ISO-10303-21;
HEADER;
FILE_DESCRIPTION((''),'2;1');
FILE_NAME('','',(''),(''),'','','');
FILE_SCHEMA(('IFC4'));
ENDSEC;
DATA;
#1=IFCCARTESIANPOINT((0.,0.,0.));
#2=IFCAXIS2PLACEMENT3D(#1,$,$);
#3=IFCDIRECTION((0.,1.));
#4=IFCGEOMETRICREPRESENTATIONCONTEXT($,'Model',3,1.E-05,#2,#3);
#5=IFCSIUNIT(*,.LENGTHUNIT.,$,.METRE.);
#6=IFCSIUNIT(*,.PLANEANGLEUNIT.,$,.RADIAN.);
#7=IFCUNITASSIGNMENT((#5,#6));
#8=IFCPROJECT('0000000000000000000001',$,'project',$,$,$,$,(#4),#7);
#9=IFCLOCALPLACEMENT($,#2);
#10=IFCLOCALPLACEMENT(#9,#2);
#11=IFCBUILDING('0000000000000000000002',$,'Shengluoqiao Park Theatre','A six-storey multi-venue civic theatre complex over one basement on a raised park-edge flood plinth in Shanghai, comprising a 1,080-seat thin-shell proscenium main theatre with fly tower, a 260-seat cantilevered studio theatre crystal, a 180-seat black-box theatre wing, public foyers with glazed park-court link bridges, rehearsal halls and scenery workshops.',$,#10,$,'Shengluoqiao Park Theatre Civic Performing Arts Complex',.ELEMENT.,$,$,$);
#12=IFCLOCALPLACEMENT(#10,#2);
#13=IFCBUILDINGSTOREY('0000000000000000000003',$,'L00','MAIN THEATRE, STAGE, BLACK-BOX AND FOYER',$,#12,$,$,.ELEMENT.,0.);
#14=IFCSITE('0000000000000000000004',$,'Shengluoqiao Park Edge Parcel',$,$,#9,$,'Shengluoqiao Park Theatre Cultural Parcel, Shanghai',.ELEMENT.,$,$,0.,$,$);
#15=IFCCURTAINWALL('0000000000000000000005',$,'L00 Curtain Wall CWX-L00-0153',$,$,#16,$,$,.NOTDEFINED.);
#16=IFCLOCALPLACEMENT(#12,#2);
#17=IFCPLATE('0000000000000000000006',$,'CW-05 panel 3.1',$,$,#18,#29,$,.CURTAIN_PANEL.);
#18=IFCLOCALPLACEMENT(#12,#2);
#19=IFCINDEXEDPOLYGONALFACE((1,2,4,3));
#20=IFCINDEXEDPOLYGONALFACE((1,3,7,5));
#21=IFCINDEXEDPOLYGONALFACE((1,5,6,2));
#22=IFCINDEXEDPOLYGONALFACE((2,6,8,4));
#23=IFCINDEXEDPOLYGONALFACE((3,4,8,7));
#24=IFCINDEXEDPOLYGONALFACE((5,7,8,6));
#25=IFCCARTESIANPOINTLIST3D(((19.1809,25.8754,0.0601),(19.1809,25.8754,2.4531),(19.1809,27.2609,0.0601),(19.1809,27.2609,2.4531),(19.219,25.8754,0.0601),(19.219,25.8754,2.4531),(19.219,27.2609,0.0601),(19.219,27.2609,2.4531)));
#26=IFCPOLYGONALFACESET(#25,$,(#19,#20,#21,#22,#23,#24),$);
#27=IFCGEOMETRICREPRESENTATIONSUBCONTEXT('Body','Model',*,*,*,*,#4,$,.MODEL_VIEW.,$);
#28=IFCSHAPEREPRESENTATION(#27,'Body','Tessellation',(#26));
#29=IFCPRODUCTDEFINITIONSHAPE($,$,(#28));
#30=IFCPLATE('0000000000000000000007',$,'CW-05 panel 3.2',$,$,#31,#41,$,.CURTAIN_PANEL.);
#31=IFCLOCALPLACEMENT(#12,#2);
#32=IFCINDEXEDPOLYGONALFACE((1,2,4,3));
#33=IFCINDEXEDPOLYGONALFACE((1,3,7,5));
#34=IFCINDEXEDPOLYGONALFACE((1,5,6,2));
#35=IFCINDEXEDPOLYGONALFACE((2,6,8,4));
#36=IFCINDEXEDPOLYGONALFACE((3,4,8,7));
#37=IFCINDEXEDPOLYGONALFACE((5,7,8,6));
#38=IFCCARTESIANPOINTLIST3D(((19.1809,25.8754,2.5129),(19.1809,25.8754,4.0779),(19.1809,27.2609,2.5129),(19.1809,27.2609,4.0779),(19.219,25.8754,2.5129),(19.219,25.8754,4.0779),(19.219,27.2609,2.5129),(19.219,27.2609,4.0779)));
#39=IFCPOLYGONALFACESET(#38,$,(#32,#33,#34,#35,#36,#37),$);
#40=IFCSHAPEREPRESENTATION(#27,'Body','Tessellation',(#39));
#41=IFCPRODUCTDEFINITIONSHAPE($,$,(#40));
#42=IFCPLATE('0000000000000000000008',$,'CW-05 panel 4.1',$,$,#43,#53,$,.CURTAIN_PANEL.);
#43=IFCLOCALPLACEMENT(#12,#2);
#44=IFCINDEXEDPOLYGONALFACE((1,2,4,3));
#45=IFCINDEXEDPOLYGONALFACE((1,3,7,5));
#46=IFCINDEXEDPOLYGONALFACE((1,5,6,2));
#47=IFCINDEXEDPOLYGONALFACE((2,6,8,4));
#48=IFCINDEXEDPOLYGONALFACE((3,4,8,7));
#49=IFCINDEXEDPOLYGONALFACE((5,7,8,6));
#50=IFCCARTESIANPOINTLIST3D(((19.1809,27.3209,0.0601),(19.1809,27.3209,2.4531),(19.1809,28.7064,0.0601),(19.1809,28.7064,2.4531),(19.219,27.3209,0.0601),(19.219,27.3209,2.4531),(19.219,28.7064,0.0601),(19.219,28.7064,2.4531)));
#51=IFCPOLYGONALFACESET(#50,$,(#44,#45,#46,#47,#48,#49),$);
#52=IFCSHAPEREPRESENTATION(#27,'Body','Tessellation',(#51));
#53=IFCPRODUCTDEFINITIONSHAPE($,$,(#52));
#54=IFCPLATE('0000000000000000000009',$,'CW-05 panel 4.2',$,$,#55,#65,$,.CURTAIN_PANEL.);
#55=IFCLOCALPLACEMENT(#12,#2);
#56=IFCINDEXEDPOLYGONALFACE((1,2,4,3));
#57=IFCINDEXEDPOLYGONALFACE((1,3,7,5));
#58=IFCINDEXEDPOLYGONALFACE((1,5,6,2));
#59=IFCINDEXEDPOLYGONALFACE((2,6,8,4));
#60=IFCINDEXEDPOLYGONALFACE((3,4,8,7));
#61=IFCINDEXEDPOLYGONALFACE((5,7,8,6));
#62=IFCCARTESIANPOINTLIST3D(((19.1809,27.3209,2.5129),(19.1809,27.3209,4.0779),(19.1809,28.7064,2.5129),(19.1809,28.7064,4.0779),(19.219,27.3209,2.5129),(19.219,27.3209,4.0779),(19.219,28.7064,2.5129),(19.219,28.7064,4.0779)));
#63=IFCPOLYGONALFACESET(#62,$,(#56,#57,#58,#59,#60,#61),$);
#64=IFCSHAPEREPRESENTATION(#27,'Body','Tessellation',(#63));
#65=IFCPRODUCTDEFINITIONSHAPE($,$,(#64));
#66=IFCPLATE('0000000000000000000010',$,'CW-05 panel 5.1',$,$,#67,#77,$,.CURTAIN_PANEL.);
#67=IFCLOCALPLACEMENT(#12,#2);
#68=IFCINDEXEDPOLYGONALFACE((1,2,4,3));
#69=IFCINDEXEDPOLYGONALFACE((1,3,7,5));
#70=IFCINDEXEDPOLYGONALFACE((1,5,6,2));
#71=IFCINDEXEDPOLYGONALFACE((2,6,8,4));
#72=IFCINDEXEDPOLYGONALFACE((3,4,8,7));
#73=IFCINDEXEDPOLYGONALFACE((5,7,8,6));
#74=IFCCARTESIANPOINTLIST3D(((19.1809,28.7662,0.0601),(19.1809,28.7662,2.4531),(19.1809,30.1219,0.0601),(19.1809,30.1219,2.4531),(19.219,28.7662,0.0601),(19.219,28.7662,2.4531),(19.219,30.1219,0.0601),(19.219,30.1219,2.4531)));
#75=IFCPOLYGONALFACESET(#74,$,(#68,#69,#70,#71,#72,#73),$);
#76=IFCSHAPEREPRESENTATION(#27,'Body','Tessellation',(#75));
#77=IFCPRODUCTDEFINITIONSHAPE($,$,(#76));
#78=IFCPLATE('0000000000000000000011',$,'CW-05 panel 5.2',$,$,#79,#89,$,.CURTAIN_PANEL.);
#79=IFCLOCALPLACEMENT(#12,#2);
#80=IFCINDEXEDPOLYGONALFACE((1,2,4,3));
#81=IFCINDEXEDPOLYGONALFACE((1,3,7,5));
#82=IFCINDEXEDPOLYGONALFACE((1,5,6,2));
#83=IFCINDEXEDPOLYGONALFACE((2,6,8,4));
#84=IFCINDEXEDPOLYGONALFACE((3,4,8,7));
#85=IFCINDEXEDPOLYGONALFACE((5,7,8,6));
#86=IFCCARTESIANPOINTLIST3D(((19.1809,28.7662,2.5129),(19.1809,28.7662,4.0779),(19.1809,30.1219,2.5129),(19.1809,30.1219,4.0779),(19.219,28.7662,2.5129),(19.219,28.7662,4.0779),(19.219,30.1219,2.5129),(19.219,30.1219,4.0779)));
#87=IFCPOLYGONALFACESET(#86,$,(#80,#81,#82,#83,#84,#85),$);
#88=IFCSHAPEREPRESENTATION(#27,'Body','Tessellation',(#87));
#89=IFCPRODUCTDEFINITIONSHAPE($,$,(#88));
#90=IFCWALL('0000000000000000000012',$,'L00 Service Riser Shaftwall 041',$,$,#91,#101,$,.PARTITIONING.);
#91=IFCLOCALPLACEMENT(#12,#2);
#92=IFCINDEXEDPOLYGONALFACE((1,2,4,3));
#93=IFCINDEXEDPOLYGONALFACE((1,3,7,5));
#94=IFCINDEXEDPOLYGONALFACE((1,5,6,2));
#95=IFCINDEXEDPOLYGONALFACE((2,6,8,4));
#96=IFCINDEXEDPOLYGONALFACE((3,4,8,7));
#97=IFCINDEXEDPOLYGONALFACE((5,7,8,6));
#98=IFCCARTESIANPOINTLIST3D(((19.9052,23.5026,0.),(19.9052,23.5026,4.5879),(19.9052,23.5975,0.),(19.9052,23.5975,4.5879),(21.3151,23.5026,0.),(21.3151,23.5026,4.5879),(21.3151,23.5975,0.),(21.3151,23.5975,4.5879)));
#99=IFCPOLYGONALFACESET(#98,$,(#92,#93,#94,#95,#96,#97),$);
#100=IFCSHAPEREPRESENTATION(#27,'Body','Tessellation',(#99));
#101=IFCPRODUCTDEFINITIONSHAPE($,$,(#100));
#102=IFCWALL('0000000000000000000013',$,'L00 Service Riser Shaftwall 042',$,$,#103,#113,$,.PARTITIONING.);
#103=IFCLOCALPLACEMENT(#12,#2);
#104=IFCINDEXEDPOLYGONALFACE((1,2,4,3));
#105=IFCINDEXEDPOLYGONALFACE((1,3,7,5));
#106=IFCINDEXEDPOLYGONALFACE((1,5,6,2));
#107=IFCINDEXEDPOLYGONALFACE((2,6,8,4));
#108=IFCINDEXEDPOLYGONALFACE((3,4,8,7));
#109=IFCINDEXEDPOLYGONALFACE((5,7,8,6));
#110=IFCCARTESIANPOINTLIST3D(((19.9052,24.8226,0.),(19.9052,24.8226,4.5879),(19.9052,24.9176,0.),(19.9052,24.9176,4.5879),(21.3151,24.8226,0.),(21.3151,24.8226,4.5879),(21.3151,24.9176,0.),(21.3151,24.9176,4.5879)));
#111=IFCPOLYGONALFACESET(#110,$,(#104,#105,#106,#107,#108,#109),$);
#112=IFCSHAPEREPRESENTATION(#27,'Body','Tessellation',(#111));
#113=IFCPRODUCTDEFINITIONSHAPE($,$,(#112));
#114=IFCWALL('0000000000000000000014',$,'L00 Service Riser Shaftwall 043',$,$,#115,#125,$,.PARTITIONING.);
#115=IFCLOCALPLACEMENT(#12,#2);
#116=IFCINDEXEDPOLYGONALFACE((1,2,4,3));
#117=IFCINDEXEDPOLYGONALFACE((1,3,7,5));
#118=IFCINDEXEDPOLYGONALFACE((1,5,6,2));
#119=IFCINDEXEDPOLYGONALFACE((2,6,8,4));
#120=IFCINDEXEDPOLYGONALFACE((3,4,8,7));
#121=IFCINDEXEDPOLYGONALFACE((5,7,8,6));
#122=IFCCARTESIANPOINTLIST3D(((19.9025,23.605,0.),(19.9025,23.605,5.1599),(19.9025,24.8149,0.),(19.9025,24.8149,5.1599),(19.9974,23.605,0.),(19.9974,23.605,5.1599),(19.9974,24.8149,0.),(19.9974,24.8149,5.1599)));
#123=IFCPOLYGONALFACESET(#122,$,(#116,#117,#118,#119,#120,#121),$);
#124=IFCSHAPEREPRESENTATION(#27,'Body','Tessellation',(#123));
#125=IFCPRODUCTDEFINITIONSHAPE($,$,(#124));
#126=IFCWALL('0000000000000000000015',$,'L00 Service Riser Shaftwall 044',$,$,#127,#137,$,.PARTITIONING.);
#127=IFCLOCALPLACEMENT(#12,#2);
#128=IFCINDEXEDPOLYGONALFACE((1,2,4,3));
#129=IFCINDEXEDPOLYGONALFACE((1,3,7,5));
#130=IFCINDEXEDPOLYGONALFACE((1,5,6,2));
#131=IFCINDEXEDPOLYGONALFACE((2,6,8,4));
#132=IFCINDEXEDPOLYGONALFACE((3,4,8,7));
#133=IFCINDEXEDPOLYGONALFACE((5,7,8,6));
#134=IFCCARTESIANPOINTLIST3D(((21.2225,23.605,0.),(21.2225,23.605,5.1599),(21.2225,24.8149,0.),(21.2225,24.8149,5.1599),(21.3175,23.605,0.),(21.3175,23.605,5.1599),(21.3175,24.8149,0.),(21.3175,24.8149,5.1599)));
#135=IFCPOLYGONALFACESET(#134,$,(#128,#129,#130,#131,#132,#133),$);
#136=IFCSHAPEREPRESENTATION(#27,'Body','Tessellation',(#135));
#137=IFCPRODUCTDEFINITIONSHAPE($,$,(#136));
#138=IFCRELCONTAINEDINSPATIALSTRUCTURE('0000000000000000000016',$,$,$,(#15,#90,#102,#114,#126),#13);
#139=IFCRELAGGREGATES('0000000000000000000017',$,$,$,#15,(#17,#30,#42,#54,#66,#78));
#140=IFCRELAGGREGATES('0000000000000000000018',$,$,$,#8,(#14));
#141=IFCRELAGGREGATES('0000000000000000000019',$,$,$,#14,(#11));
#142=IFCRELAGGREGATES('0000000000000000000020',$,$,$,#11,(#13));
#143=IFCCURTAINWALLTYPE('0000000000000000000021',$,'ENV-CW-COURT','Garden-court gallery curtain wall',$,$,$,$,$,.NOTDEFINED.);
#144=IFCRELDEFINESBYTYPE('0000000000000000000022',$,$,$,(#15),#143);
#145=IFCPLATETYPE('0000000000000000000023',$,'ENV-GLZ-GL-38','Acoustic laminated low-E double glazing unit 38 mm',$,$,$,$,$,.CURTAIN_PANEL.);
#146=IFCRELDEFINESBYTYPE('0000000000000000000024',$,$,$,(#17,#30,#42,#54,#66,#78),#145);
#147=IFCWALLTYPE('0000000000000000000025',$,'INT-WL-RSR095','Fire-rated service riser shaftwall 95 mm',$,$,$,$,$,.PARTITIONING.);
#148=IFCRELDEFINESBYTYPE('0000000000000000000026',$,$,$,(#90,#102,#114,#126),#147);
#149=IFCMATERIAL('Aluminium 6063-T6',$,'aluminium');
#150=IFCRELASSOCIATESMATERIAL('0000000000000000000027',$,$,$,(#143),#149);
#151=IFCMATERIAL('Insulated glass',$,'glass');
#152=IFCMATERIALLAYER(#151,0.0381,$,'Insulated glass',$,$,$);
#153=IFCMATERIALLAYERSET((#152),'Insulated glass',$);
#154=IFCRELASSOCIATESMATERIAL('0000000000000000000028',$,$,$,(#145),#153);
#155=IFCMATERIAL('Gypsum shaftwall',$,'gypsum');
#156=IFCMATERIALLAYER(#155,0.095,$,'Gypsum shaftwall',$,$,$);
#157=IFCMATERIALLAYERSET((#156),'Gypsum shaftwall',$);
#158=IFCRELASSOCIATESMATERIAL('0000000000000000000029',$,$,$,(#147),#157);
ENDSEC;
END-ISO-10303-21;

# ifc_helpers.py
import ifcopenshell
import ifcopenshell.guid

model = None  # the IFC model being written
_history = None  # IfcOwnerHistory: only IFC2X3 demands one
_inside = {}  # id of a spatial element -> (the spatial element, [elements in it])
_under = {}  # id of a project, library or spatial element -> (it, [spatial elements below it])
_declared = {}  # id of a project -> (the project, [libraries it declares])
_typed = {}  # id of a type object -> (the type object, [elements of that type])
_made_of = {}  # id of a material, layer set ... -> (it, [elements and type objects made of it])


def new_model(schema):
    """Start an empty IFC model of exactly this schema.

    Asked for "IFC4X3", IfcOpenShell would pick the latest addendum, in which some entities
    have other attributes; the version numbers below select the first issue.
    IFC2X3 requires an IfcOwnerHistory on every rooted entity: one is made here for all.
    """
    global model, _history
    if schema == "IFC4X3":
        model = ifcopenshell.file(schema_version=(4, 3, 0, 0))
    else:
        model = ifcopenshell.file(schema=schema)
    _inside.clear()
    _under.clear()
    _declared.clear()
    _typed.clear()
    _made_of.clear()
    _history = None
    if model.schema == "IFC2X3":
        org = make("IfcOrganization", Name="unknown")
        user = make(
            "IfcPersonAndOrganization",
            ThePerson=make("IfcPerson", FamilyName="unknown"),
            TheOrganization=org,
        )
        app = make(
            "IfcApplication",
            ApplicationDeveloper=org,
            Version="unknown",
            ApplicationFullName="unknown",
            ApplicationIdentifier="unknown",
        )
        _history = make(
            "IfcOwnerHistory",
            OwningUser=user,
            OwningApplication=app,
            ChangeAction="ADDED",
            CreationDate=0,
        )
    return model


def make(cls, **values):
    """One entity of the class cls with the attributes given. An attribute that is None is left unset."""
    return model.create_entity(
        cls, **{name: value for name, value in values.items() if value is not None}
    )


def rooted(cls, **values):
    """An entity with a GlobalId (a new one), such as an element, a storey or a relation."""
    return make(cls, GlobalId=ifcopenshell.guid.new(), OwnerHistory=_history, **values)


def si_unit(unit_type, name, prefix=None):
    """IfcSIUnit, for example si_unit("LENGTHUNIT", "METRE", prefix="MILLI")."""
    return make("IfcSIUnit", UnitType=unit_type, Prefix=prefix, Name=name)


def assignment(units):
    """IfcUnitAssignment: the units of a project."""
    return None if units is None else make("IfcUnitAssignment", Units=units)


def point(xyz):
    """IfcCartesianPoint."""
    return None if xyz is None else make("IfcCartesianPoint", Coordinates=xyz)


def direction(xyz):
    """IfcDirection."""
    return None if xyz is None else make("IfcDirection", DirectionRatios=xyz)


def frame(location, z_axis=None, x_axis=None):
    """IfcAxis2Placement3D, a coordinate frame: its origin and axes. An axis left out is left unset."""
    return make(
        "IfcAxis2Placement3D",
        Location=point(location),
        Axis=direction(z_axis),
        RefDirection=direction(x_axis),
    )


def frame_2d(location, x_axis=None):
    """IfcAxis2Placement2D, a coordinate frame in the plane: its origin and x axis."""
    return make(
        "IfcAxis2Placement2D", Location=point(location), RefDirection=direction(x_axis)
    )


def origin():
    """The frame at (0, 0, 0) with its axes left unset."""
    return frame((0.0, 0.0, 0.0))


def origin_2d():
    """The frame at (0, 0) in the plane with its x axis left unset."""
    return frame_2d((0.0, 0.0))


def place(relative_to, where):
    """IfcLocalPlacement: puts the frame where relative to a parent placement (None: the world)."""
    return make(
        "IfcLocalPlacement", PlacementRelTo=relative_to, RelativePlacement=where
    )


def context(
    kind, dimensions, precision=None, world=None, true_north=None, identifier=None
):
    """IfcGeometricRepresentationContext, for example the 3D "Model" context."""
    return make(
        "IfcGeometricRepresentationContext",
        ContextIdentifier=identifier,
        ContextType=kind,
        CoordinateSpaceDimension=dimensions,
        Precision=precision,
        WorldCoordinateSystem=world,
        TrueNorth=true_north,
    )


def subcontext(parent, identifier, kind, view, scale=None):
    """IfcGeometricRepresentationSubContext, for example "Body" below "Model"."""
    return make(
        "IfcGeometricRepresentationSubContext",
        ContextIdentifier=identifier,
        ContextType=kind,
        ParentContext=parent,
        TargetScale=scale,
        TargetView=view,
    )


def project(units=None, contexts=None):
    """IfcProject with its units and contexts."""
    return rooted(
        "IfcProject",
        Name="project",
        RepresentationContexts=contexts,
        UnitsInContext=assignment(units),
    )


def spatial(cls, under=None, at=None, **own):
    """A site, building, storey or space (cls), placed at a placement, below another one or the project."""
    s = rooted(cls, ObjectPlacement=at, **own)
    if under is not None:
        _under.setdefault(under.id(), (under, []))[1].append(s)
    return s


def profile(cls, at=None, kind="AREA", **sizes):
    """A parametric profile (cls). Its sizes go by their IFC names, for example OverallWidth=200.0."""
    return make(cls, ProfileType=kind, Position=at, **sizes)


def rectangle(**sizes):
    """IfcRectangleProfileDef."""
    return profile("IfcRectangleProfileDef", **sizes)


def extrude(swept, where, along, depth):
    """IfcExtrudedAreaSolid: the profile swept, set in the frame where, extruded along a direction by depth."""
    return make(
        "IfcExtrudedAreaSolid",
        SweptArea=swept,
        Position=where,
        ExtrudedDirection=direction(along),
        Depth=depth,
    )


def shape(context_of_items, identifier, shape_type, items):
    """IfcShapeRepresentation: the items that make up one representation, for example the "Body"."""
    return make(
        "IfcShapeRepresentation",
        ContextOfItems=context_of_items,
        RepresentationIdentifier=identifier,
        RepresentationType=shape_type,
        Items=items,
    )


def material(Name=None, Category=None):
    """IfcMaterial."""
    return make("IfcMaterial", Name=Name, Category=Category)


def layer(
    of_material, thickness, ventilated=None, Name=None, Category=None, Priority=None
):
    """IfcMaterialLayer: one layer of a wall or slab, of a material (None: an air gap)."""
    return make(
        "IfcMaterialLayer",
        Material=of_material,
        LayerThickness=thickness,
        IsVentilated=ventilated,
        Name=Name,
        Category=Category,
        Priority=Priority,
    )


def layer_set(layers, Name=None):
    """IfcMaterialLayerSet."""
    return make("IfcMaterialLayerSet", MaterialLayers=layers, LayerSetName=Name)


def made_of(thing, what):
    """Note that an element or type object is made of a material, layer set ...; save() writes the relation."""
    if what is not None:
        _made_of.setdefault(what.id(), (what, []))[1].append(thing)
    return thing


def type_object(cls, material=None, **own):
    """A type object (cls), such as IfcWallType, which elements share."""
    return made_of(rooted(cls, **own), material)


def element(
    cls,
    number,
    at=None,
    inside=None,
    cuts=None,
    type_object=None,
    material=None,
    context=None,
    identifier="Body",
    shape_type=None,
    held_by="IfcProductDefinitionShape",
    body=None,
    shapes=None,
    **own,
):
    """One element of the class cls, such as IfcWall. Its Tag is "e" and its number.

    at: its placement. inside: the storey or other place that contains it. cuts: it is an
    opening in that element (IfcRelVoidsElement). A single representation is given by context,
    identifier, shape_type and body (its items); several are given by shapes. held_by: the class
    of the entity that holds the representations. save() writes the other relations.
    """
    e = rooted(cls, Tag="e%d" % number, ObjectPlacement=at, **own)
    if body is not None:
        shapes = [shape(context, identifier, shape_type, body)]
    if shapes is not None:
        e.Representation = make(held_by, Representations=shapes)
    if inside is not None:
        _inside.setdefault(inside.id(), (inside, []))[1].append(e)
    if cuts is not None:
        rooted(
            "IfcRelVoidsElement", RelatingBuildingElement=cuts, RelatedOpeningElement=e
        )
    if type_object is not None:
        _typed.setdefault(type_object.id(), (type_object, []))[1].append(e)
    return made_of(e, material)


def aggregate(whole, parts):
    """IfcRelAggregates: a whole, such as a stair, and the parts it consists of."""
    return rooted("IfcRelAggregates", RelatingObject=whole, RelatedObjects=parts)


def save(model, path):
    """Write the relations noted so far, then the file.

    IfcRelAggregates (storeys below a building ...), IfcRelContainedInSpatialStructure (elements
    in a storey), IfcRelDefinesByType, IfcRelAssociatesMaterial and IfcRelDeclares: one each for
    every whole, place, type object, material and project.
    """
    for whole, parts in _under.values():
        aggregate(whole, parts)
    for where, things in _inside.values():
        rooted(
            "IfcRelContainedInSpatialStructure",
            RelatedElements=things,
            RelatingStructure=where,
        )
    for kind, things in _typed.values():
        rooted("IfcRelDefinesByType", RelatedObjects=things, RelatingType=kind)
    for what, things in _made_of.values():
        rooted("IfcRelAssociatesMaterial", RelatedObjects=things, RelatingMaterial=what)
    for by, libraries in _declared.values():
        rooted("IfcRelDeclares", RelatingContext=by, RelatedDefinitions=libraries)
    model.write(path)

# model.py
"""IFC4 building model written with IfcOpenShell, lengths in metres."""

from ifc_helpers import new_model, si_unit, direction, frame, frame_2d, origin, origin_2d, place, context, subcontext, project, spatial, rectangle, extrude, material, layer, layer_set, type_object, element, aggregate, save


model = new_model("IFC4")

# Units and contexts
model_context = context("Model", 3, precision=1e-05, world=origin(), true_north=direction((0.0, 1.0)))
body_context = subcontext(model_context, "Body", "Model", "MODEL_VIEW")
ifc_project = project(units=[si_unit("LENGTHUNIT", "METRE"), si_unit("PLANEANGLEUNIT", "RADIAN")], contexts=[model_context])

# Site, building, storey
site_placement = place(None, origin())
site = spatial("IfcSite", under=ifc_project, at=site_placement, Name="Shengluoqiao Park Edge Parcel", LongName="Shengluoqiao Park Theatre Cultural Parcel, Shanghai", CompositionType="ELEMENT", RefElevation=0.0)
building_placement = place(site_placement, origin())
building = spatial("IfcBuilding", under=site, at=building_placement, Name="Shengluoqiao Park Theatre", Description="A six-storey multi-venue civic theatre complex over one basement on a raised park-edge flood plinth in Shanghai, comprising a 1,080-seat thin-shell proscenium main theatre with fly tower, a 260-seat cantilevered studio theatre crystal, a 180-seat black-box theatre wing, public foyers with glazed park-court link bridges, rehearsal halls and scenery workshops.", LongName="Shengluoqiao Park Theatre Civic Performing Arts Complex", CompositionType="ELEMENT")
storey_placement = place(building_placement, origin())
storey = spatial("IfcBuildingStorey", under=building, at=storey_placement, Name="L00", Description="MAIN THEATRE, STAGE, BLACK-BOX AND FOYER", CompositionType="ELEMENT", Elevation=0.0)

# Shared definitions
ifc_material_1 = material(Name="Aluminium 6063-T6", Category="aluminium")

# Curtain wall, plates
curtain_wall_type_1 = type_object("IfcCurtainWallType", Name="ENV-CW-COURT", Description="Garden-court gallery curtain wall", PredefinedType="NOTDEFINED", material=ifc_material_1)
curtain_wall_1_placement = place(storey_placement, origin())
curtain_wall_1 = element("IfcCurtainWall", 1, at=curtain_wall_1_placement, inside=storey, type_object=curtain_wall_type_1, Name="L00 Curtain Wall CWX-L00-0153", PredefinedType="NOTDEFINED")
ifc_material_2 = material(Name="Insulated glass", Category="glass")
ifc_layer_1 = layer(ifc_material_2, 0.0381, Name="Insulated glass")
ifc_layer_set_1 = layer_set([ifc_layer_1], Name="Insulated glass")
plate_type = type_object("IfcPlateType", Name="ENV-GLZ-GL-38", Description="Acoustic laminated low-E double glazing unit 38 mm", PredefinedType="CURTAIN_PANEL", material=ifc_layer_set_1)
plate_1_placement = place(storey_placement, frame((19.2, 26.5681, 0.0601), z_axis=(0.0, 0.0, 1.0), x_axis=(0.0, 1.0, 0.0)))
plate_1 = element("IfcPlate", 2, at=plate_1_placement, type_object=plate_type, Name="CW-05 panel 3.1", PredefinedType="CURTAIN_PANEL", context=body_context, shape_type="SweptSolid", body=[
    extrude(rectangle(XDim=1.3855, YDim=0.0381, at=origin_2d()), origin(), (0.0, 0.0, 1.0), 2.3931),
])
plate_2_placement = place(storey_placement, frame((19.2, 26.5681, 2.5129), z_axis=(0.0, 0.0, 1.0), x_axis=(0.0, 1.0, 0.0)))
plate_2 = element("IfcPlate", 3, at=plate_2_placement, type_object=plate_type, Name="CW-05 panel 3.2", PredefinedType="CURTAIN_PANEL", context=body_context, shape_type="SweptSolid", body=[
    extrude(rectangle(XDim=1.3855, YDim=0.0381, at=origin_2d()), origin(), (0.0, 0.0, 1.0), 1.5649),
])
plate_3_placement = place(storey_placement, frame((19.2, 28.0137, 0.0601), z_axis=(0.0, 0.0, 1.0), x_axis=(0.0, 1.0, 0.0)))
plate_3 = element("IfcPlate", 4, at=plate_3_placement, type_object=plate_type, Name="CW-05 panel 4.1", PredefinedType="CURTAIN_PANEL", context=body_context, shape_type="SweptSolid", body=[
    extrude(rectangle(XDim=1.3855, YDim=0.0381, at=origin_2d()), origin(), (0.0, 0.0, 1.0), 2.3931),
])
plate_4_placement = place(storey_placement, frame((19.2, 28.0137, 2.5129), z_axis=(0.0, 0.0, 1.0), x_axis=(0.0, 1.0, 0.0)))
plate_4 = element("IfcPlate", 5, at=plate_4_placement, type_object=plate_type, Name="CW-05 panel 4.2", PredefinedType="CURTAIN_PANEL", context=body_context, shape_type="SweptSolid", body=[
    extrude(rectangle(XDim=1.3855, YDim=0.0381, at=origin_2d()), origin(), (0.0, 0.0, 1.0), 1.5649),
])
plate_5_placement = place(storey_placement, frame((19.2, 29.4441, 0.0601), z_axis=(0.0, 0.0, 1.0), x_axis=(0.0, 1.0, 0.0)))
plate_5 = element("IfcPlate", 6, at=plate_5_placement, type_object=plate_type, Name="CW-05 panel 5.1", PredefinedType="CURTAIN_PANEL", context=body_context, shape_type="SweptSolid", body=[
    extrude(rectangle(XDim=1.3557, YDim=0.0381, at=origin_2d()), origin(), (0.0, 0.0, 1.0), 2.3931),
])
plate_6_placement = place(storey_placement, frame((19.2, 29.4441, 2.5129), z_axis=(0.0, 0.0, 1.0), x_axis=(0.0, 1.0, 0.0)))
plate_6 = element("IfcPlate", 7, at=plate_6_placement, type_object=plate_type, Name="CW-05 panel 5.2", PredefinedType="CURTAIN_PANEL", context=body_context, shape_type="SweptSolid", body=[
    extrude(rectangle(XDim=1.3557, YDim=0.0381, at=origin_2d()), origin(), (0.0, 0.0, 1.0), 1.5649),
])
aggregate(curtain_wall_1, [plate_1, plate_2, plate_3, plate_4, plate_5, plate_6])

# Walls
ifc_material_3 = material(Name="Gypsum shaftwall", Category="gypsum")
ifc_layer_2 = layer(ifc_material_3, 0.095, Name="Gypsum shaftwall")
ifc_layer_set_2 = layer_set([ifc_layer_2], Name="Gypsum shaftwall")
wall_type = type_object("IfcWallType", Name="INT-WL-RSR095", Description="Fire-rated service riser shaftwall 95 mm", PredefinedType="PARTITIONING", material=ifc_layer_set_2)
for number, where, z_axis, x_axis, name in (
    (8, (19.905, 23.55, 0.0), (0.0, 0.0, 1.0), (1.0, 0.0, 0.0), "L00 Service Riser Shaftwall 041"),
    (9, (19.905, 24.8701, 0.0), (0.0, 0.0, 1.0), (1.0, 0.0, 0.0), "L00 Service Riser Shaftwall 042"),
):
    element("IfcWall", number, at=place(storey_placement, frame(where, z_axis=z_axis, x_axis=x_axis)), inside=storey, type_object=wall_type, Name=name, PredefinedType="PARTITIONING", context=body_context, shape_type="SweptSolid", body=[
        extrude(rectangle(XDim=1.4099, YDim=0.095, at=frame_2d((0.7051, 0.0))), origin(), (0.0, 0.0, 1.0), 4.5879),
    ])
for number, where, z_axis, x_axis, name in (
    (10, (19.95, 23.605, 0.0), (0.0, 0.0, 1.0), (0.0, 1.0, 0.0), "L00 Service Riser Shaftwall 043"),
    (11, (21.27, 23.605, 0.0), (0.0, 0.0, 1.0), (0.0, 1.0, 0.0), "L00 Service Riser Shaftwall 044"),
):
    element("IfcWall", number, at=place(storey_placement, frame(where, z_axis=z_axis, x_axis=x_axis)), inside=storey, type_object=wall_type, Name=name, PredefinedType="PARTITIONING", context=body_context, shape_type="SweptSolid", body=[
        extrude(rectangle(XDim=1.21, YDim=0.095, at=frame_2d((0.605, 0.0))), origin(), (0.0, 0.0, 1.0), 5.1599),
    ])

save(model, "model.ifc")
